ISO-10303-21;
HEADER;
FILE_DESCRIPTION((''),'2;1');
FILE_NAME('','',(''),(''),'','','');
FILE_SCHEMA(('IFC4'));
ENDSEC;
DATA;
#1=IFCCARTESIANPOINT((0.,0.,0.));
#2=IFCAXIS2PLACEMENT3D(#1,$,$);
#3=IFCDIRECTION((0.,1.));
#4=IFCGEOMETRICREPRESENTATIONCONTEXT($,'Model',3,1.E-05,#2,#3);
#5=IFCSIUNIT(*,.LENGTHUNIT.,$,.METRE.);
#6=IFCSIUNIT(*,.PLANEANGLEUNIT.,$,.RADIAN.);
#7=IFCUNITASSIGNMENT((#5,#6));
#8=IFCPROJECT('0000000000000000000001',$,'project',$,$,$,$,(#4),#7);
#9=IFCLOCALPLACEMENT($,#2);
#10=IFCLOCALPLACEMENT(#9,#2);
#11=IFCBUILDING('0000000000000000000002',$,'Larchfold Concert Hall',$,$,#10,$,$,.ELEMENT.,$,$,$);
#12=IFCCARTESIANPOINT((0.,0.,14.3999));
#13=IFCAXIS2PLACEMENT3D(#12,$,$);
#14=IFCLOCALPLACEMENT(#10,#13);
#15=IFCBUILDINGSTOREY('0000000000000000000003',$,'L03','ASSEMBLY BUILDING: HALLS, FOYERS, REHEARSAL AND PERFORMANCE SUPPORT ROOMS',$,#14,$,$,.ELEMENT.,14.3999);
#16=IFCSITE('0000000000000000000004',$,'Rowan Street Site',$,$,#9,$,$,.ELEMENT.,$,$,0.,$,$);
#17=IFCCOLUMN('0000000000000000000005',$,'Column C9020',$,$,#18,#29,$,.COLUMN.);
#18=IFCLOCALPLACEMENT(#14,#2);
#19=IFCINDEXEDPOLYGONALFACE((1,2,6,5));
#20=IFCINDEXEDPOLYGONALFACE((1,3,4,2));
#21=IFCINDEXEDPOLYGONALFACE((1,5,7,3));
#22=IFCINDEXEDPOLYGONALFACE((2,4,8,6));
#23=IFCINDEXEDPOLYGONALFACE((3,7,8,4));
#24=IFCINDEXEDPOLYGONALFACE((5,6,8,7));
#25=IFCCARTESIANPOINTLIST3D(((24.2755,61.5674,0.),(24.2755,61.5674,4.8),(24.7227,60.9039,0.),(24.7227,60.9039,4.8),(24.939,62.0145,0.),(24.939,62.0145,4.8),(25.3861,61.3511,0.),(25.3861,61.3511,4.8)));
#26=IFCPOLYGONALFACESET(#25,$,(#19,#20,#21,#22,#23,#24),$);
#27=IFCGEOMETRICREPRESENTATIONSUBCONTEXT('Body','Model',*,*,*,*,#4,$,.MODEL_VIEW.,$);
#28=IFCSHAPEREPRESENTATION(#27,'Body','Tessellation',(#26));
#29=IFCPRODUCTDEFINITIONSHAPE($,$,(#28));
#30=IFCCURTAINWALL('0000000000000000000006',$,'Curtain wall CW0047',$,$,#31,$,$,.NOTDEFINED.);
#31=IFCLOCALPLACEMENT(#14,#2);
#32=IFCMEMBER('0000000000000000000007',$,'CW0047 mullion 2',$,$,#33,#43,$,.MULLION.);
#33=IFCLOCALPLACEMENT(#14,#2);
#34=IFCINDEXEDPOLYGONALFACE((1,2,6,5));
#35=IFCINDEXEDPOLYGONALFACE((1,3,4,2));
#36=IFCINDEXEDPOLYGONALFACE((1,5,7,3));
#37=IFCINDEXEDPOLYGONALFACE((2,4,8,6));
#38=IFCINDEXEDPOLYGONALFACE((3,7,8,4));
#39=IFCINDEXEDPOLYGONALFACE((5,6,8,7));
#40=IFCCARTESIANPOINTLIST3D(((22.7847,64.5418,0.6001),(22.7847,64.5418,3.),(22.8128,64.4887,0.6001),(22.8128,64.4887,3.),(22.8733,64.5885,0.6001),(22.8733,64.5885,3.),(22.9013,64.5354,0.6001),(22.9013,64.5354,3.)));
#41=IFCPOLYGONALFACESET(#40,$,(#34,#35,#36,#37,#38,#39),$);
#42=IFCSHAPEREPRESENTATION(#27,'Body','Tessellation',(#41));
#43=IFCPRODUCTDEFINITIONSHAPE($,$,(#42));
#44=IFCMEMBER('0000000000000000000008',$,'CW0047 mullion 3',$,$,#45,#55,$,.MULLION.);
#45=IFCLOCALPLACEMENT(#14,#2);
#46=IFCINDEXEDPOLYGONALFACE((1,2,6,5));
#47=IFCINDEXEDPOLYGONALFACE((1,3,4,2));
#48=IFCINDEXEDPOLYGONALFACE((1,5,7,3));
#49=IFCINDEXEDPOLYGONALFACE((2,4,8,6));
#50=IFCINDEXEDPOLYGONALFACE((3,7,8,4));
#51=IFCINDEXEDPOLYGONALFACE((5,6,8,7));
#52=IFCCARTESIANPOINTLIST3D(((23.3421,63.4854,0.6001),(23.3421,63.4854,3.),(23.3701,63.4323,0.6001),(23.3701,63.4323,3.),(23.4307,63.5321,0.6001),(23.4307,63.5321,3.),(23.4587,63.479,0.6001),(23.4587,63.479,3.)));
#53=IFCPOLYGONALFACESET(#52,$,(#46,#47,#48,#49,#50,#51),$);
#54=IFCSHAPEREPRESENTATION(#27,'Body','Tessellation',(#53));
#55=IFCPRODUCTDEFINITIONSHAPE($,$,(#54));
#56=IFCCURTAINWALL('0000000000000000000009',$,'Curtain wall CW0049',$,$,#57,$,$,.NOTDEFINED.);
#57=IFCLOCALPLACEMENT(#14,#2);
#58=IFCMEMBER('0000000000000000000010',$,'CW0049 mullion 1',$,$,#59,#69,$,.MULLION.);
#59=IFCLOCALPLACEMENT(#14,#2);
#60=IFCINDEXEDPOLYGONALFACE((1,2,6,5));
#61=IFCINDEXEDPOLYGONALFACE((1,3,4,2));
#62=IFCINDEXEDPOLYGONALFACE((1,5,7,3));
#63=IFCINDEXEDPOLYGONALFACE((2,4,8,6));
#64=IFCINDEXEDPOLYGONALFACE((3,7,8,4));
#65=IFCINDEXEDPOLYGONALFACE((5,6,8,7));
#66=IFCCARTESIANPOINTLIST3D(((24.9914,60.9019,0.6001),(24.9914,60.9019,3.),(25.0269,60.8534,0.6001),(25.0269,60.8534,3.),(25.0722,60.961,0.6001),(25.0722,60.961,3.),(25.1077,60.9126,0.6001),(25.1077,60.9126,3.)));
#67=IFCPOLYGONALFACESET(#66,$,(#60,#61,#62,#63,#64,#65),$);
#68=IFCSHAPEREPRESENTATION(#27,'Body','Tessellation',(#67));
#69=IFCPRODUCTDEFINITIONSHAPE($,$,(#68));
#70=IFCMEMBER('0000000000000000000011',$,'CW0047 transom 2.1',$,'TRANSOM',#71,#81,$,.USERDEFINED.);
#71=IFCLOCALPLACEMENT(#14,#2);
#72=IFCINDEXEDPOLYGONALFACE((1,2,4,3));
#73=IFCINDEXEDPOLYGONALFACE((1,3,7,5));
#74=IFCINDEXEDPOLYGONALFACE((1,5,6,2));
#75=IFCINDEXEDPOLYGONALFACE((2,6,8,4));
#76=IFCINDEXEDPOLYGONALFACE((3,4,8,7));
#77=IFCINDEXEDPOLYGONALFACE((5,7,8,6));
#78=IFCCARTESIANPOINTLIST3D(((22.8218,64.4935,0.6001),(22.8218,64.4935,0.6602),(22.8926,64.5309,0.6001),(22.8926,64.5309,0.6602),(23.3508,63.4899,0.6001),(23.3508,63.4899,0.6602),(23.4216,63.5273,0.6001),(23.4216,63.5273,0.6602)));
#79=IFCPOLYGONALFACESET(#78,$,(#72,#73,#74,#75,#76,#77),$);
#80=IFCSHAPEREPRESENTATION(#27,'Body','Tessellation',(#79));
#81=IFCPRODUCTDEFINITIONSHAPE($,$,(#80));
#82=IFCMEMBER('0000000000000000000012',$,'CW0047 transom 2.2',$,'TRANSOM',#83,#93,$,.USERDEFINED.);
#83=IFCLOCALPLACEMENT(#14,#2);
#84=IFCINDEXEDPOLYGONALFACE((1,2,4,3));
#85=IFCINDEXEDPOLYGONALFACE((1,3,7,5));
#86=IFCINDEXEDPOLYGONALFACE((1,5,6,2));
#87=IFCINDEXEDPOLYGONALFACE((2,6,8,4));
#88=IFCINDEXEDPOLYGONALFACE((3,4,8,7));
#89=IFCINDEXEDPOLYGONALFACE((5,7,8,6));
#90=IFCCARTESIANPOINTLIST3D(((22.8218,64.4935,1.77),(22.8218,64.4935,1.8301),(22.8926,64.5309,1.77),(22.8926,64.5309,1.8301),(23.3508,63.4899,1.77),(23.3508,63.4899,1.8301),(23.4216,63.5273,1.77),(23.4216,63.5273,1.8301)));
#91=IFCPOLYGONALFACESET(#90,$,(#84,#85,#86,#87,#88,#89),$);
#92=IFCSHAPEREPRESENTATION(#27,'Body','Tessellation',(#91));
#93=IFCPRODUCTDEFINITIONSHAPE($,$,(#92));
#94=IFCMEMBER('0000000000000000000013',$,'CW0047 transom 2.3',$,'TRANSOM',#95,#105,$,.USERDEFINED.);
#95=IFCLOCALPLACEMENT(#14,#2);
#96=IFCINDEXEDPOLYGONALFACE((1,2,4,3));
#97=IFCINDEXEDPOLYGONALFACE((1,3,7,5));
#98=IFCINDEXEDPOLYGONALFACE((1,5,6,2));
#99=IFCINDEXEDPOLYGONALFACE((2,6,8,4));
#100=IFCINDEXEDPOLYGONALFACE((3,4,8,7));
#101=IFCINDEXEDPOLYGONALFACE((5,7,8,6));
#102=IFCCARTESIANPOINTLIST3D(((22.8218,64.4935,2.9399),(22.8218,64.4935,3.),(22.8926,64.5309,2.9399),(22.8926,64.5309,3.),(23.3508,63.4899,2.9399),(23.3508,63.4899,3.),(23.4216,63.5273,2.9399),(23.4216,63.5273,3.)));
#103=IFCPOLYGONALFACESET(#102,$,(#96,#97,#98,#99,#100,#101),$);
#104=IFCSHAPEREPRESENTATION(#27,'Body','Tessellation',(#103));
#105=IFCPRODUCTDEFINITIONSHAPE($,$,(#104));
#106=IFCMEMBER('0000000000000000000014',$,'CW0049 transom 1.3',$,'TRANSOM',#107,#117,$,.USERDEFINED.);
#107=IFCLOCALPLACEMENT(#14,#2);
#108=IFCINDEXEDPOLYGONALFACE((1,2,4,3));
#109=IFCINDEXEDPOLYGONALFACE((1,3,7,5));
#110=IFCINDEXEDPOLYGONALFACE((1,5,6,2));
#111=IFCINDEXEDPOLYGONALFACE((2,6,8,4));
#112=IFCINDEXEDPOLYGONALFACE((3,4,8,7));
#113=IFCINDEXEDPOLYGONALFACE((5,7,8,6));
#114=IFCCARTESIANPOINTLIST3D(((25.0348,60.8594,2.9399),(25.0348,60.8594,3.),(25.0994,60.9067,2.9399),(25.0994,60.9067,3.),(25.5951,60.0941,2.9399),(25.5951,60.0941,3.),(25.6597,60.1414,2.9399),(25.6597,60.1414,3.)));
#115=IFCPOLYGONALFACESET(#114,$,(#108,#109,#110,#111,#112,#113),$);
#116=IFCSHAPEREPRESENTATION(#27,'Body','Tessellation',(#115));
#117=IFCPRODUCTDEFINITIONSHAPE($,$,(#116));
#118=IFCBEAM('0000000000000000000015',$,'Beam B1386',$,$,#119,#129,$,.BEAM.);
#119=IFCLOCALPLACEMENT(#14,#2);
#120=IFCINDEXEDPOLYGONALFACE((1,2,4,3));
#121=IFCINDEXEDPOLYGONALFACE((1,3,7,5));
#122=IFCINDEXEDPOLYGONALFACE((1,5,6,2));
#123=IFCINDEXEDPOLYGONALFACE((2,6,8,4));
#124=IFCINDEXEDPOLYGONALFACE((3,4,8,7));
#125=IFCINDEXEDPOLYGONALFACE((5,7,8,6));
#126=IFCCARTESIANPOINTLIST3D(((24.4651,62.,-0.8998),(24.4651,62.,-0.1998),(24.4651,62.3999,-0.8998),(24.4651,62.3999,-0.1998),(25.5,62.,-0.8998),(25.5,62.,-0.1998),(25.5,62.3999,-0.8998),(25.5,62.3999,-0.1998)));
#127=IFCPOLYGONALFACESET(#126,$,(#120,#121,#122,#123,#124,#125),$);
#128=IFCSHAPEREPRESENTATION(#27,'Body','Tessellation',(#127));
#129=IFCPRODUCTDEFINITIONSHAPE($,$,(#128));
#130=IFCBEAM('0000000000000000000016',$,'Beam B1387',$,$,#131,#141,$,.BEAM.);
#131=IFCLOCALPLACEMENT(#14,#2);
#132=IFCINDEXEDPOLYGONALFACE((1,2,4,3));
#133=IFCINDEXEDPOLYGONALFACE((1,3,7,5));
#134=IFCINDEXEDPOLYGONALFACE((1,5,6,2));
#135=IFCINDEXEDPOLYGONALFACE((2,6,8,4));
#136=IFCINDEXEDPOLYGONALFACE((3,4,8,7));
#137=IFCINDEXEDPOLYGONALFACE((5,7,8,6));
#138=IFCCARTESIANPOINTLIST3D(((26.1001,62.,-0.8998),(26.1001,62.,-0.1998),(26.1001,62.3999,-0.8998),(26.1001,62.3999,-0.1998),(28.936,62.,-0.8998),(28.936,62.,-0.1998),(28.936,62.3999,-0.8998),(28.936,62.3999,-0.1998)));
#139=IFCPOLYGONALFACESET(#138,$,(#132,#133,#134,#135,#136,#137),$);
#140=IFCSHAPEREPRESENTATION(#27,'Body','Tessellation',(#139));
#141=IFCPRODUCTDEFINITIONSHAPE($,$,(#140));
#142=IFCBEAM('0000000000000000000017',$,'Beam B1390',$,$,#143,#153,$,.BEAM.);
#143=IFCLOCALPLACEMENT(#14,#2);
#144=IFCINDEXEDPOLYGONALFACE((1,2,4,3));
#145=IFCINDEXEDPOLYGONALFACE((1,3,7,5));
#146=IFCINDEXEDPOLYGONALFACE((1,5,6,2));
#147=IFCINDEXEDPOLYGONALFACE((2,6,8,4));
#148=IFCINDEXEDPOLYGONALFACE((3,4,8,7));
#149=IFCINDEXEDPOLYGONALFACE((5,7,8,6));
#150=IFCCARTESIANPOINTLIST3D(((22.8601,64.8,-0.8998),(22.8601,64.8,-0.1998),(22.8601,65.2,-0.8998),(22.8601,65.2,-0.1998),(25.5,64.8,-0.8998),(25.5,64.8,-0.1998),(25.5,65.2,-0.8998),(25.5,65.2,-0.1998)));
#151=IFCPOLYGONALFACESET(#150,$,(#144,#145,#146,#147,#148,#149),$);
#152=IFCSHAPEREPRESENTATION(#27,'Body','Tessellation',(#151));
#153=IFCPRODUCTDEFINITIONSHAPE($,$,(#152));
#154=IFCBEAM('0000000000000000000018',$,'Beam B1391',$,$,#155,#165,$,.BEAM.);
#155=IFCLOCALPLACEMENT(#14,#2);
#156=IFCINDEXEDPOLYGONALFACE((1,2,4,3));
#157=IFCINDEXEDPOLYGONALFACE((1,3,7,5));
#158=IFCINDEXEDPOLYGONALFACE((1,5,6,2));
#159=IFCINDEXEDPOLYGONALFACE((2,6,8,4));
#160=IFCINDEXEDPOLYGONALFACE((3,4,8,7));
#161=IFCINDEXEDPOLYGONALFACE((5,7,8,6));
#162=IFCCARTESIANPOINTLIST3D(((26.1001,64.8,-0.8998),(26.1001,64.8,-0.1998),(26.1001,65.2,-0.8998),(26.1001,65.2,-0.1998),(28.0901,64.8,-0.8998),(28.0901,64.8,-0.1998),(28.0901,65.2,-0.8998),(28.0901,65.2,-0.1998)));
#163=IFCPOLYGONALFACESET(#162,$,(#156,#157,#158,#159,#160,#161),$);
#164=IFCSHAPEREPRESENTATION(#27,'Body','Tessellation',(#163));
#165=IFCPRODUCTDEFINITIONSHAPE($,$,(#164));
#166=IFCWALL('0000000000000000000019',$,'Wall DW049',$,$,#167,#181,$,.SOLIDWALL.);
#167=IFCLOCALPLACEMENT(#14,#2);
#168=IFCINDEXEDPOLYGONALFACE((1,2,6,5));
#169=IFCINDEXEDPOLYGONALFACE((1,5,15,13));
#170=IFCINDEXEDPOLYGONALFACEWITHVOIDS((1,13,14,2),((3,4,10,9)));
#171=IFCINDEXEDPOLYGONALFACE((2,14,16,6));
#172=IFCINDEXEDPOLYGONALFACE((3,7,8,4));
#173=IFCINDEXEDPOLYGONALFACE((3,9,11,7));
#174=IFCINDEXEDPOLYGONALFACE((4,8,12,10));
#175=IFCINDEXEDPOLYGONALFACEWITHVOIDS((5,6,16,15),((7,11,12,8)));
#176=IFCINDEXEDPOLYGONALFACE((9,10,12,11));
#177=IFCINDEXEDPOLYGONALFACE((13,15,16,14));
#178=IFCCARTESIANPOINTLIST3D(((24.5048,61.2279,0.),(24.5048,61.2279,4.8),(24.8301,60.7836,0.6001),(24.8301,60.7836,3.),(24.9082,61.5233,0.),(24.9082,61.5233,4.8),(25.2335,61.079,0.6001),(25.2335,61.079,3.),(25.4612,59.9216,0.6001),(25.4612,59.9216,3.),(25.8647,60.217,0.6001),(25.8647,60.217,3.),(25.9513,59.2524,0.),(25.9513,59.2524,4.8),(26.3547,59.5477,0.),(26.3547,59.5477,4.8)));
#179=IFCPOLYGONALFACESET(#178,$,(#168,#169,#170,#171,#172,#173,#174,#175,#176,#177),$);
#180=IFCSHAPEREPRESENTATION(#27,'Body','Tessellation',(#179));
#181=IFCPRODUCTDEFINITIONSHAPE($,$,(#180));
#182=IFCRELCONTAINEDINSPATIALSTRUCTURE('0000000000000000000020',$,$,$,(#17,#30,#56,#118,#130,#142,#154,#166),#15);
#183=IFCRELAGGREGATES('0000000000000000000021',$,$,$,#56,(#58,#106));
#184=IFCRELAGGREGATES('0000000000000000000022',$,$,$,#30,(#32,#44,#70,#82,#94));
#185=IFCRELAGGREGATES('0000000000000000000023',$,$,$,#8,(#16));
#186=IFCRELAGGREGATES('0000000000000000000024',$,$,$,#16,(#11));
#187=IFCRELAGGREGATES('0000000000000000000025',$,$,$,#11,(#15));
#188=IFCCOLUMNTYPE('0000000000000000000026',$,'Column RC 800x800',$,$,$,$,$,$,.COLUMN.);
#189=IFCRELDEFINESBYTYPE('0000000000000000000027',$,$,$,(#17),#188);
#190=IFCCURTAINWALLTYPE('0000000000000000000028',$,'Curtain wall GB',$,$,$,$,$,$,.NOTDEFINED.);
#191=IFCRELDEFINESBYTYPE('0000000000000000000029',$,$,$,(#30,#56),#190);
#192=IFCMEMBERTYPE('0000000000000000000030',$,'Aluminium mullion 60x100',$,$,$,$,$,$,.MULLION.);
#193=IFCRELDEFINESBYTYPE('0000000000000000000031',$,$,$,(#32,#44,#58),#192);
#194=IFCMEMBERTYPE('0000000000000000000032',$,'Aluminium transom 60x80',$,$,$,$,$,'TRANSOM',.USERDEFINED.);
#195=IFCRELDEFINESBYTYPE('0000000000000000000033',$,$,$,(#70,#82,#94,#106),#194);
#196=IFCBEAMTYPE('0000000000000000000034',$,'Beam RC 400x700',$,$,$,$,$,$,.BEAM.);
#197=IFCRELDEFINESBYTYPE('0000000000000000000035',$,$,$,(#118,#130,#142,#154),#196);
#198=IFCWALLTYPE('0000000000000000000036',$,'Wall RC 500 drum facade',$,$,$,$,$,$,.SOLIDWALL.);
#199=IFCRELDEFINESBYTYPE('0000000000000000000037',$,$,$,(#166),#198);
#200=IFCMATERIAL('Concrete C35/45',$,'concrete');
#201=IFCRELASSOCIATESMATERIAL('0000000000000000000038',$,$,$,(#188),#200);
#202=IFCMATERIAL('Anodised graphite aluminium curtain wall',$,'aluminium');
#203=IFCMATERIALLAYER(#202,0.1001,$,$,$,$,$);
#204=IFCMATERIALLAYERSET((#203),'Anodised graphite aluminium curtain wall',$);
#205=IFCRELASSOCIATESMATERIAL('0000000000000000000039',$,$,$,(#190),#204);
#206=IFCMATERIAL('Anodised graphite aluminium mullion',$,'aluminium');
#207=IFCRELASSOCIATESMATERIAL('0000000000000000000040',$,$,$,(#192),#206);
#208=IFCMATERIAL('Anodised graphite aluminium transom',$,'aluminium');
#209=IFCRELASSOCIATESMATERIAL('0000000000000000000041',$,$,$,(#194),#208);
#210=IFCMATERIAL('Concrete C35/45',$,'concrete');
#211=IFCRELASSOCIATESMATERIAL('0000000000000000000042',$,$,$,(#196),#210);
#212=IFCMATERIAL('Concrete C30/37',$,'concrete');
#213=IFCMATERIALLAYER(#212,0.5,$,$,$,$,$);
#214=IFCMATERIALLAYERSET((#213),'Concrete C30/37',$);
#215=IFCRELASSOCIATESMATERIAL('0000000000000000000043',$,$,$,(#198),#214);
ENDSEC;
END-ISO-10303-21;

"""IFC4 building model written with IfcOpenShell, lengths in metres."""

from ifc_helpers import new_model, si_unit, direction, frame, frame_2d, origin, origin_2d, place, context, subcontext, project, spatial, rectangle, extrude, material, layer, layer_set, material_profile, profile_set, type_object, element, fill, aggregate, save


model = new_model("IFC4")

# Units and contexts
model_context = context("Model", 3, precision=1e-05, world=origin(), true_north=direction((0.0, 1.0)))
body_context = subcontext(model_context, "Body", "Model", "MODEL_VIEW")
ifc_project = project(units=[si_unit("LENGTHUNIT", "METRE"), si_unit("PLANEANGLEUNIT", "RADIAN")], contexts=[model_context])

# Site, building, storey
site_placement = place(None, origin())
site = spatial("IfcSite", under=ifc_project, at=site_placement, Name="Rowan Street Site", CompositionType="ELEMENT", RefElevation=0.0)
building_placement = place(site_placement, origin())
building = spatial("IfcBuilding", under=site, at=building_placement, Name="Larchfold Concert Hall", CompositionType="ELEMENT")
storey_placement = place(building_placement, frame((0.0, 0.0, 14.3999)))
storey = spatial("IfcBuildingStorey", under=building, at=storey_placement, Name="L03", Description="ASSEMBLY BUILDING: HALLS, FOYERS, REHEARSAL AND PERFORMANCE SUPPORT ROOMS", CompositionType="ELEMENT", Elevation=14.3999)

# Column
ifc_material_1 = material(Name="Concrete C35/45", Category="concrete")
ifc_material_profile_1 = material_profile(ifc_material_1, rectangle(XDim=0.8, YDim=0.8, at=origin_2d()))
ifc_profile_set_1 = profile_set([ifc_material_profile_1], Name="Concrete C35/45")
column_type = type_object("IfcColumnType", Name="Column RC 800x800", PredefinedType="COLUMN", material=ifc_profile_set_1)
column_placement = place(storey_placement, frame((24.8308, 61.4592, 0.0), z_axis=(0.0, 0.0, 1.0), x_axis=(0.829253, 0.558874, 0.0)))
element("IfcColumn", 1, at=column_placement, inside=storey, type_object=column_type, Name="Column C9020", PredefinedType="COLUMN", context=body_context, shape_type="SweptSolid", body=[
    extrude(rectangle(XDim=0.8, YDim=0.8, at=origin_2d()), origin(), (0.0, 0.0, 1.0), 4.8),
])

# Curtain wall, members
ifc_material_2 = material(Name="Anodised graphite aluminium curtain wall", Category="aluminium")
ifc_layer_1 = layer(ifc_material_2, 0.1001)
ifc_layer_set_1 = layer_set([ifc_layer_1], Name="Anodised graphite aluminium curtain wall")
curtain_wall_type = type_object("IfcCurtainWallType", Name="Curtain wall GB", PredefinedType="NOTDEFINED", material=ifc_layer_set_1)
curtain_wall_1_placement = place(storey_placement, origin())
curtain_wall_1 = element("IfcCurtainWall", 2, at=curtain_wall_1_placement, inside=storey, type_object=curtain_wall_type, Name="Curtain wall CW0047", PredefinedType="NOTDEFINED")
ifc_material_3 = material(Name="Anodised graphite aluminium mullion", Category="aluminium")
ifc_material_profile_2 = material_profile(ifc_material_3, rectangle(XDim=0.1001, YDim=0.0601, at=origin_2d()))
ifc_profile_set_2 = profile_set([ifc_material_profile_2], Name="Anodised graphite aluminium mullion")
member_type_1 = type_object("IfcMemberType", Name="Aluminium mullion 60x100", PredefinedType="MULLION", material=ifc_profile_set_2)
member_1_placement = place(storey_placement, frame((22.843, 64.5386, 0.6001), z_axis=(0.0, 0.0, 1.0), x_axis=(0.884548, 0.466449, 0.0)))
member_1 = element("IfcMember", 3, at=member_1_placement, type_object=member_type_1, Name="CW0047 mullion 2", PredefinedType="MULLION", context=body_context, shape_type="SweptSolid", body=[
    extrude(rectangle(XDim=0.1001, YDim=0.0601, at=origin_2d()), origin(), (0.0, 0.0, 1.0), 2.3999),
])
member_2_placement = place(storey_placement, frame((23.4004, 63.4822, 0.6001), z_axis=(0.0, 0.0, 1.0), x_axis=(0.884548, 0.466449, 0.0)))
member_2 = element("IfcMember", 4, at=member_2_placement, type_object=member_type_1, Name="CW0047 mullion 3", PredefinedType="MULLION", context=body_context, shape_type="SweptSolid", body=[
    extrude(rectangle(XDim=0.1001, YDim=0.0601, at=origin_2d()), origin(), (0.0, 0.0, 1.0), 2.3999),
])

# Curtain wall, member
curtain_wall_2_placement = place(storey_placement, origin())
curtain_wall_2 = element("IfcCurtainWall", 5, at=curtain_wall_2_placement, inside=storey, type_object=curtain_wall_type, Name="Curtain wall CW0049", PredefinedType="NOTDEFINED")
member_3_placement = place(storey_placement, frame((25.0496, 60.9072, 0.6001), z_axis=(0.0, 0.0, 1.0), x_axis=(0.806884, 0.59071, 0.0)))
member_3 = element("IfcMember", 6, at=member_3_placement, type_object=member_type_1, Name="CW0049 mullion 1", PredefinedType="MULLION", context=body_context, shape_type="SweptSolid", body=[
    extrude(rectangle(XDim=0.1001, YDim=0.0601, at=origin_2d()), origin(), (0.0, 0.0, 1.0), 2.3999),
])

# Members
ifc_material_4 = material(Name="Anodised graphite aluminium transom", Category="aluminium")
ifc_material_profile_3 = material_profile(ifc_material_4, rectangle(XDim=0.0801, YDim=0.0601, at=origin_2d()))
ifc_profile_set_3 = profile_set([ifc_material_profile_3], Name="Anodised graphite aluminium transom")
member_type_2 = type_object("IfcMemberType", Name="Aluminium transom 60x80", ElementType="TRANSOM", PredefinedType="USERDEFINED", material=ifc_profile_set_3)
member_4_placement = place(storey_placement, frame((22.8572, 64.5122, 0.6301), z_axis=(0.466305, -0.884624, 0.0), x_axis=(0.884624, 0.466305, 0.0)))
member_4 = element("IfcMember", 7, at=member_4_placement, type_object=member_type_2, Name="CW0047 transom 2.1", ObjectType="TRANSOM", PredefinedType="USERDEFINED", context=body_context, shape_type="SweptSolid", body=[
    extrude(rectangle(XDim=0.0801, YDim=0.0601, at=origin_2d()), origin(), (0.0, 0.0, 1.0), 1.1345),
])
member_5_placement = place(storey_placement, frame((22.8572, 64.5122, 1.8), z_axis=(0.466305, -0.884624, 0.0), x_axis=(0.884624, 0.466305, 0.0)))
member_5 = element("IfcMember", 8, at=member_5_placement, type_object=member_type_2, Name="CW0047 transom 2.2", ObjectType="TRANSOM", PredefinedType="USERDEFINED", context=body_context, shape_type="SweptSolid", body=[
    extrude(rectangle(XDim=0.0801, YDim=0.0601, at=origin_2d()), origin(), (0.0, 0.0, 1.0), 1.1345),
])
member_6_placement = place(storey_placement, frame((22.8572, 64.5122, 2.97), z_axis=(0.466305, -0.884624, 0.0), x_axis=(0.884624, 0.466305, 0.0)))
member_6 = element("IfcMember", 9, at=member_6_placement, type_object=member_type_2, Name="CW0047 transom 2.3", ObjectType="TRANSOM", PredefinedType="USERDEFINED", context=body_context, shape_type="SweptSolid", body=[
    extrude(rectangle(XDim=0.0801, YDim=0.0601, at=origin_2d()), origin(), (0.0, 0.0, 1.0), 1.1345),
])
member_7_placement = place(storey_placement, frame((25.0671, 60.8831, 2.97), z_axis=(0.590694, -0.806896, 0.0), x_axis=(0.806896, 0.590694, 0.0)))
member_7 = element("IfcMember", 10, at=member_7_placement, type_object=member_type_2, Name="CW0049 transom 1.3", ObjectType="TRANSOM", PredefinedType="USERDEFINED", context=body_context, shape_type="SweptSolid", body=[
    extrude(rectangle(XDim=0.0801, YDim=0.0601, at=origin_2d()), origin(), (0.0, 0.0, 1.0), 0.9485),
])
aggregate(curtain_wall_2, [member_3, member_7])

# Beams
ifc_material_5 = material(Name="Concrete C35/45", Category="concrete")
ifc_material_profile_4 = material_profile(ifc_material_5, rectangle(XDim=0.3999, YDim=0.7, at=origin_2d()))
ifc_profile_set_4 = profile_set([ifc_material_profile_4], Name="Concrete C35/45")
beam_type = type_object("IfcBeamType", Name="Beam RC 400x700", PredefinedType="BEAM", material=ifc_profile_set_4)
beam_1_placement = place(storey_placement, frame((24.4651, 62.2, -0.5498), z_axis=(1.0, 0.0, 0.0), x_axis=(0.0, 1.0, 0.0)))
element("IfcBeam", 11, at=beam_1_placement, inside=storey, type_object=beam_type, Name="Beam B1386", PredefinedType="BEAM", context=body_context, shape_type="SweptSolid", body=[
    extrude(rectangle(XDim=0.3999, YDim=0.7, at=origin_2d()), origin(), (0.0, 0.0, 1.0), 1.0349),
])
beam_2_placement = place(storey_placement, frame((26.1001, 62.2, -0.5498), z_axis=(1.0, 0.0, 0.0), x_axis=(0.0, 1.0, 0.0)))
element("IfcBeam", 12, at=beam_2_placement, inside=storey, type_object=beam_type, Name="Beam B1387", PredefinedType="BEAM", context=body_context, shape_type="SweptSolid", body=[
    extrude(rectangle(XDim=0.3999, YDim=0.7, at=origin_2d()), origin(), (0.0, 0.0, 1.0), 2.8359),
])
beam_3_placement = place(storey_placement, frame((22.8601, 65.0, -0.5498), z_axis=(1.0, 0.0, 0.0), x_axis=(0.0, 1.0, 0.0)))
element("IfcBeam", 13, at=beam_3_placement, inside=storey, type_object=beam_type, Name="Beam B1390", PredefinedType="BEAM", context=body_context, shape_type="SweptSolid", body=[
    extrude(rectangle(XDim=0.3999, YDim=0.7, at=origin_2d()), origin(), (0.0, 0.0, 1.0), 2.6399),
])
beam_4_placement = place(storey_placement, frame((26.1001, 65.0, -0.5498), z_axis=(1.0, 0.0, 0.0), x_axis=(0.0, 1.0, 0.0)))
element("IfcBeam", 14, at=beam_4_placement, inside=storey, type_object=beam_type, Name="Beam B1391", PredefinedType="BEAM", context=body_context, shape_type="SweptSolid", body=[
    extrude(rectangle(XDim=0.3999, YDim=0.7, at=origin_2d()), origin(), (0.0, 0.0, 1.0), 1.99),
])

aggregate(curtain_wall_1, [member_1, member_2, member_4, member_5, member_6])

# Wall, opening
ifc_material_6 = material(Name="Concrete C30/37", Category="concrete")
ifc_layer_2 = layer(ifc_material_6, 0.5)
ifc_layer_set_2 = layer_set([ifc_layer_2], Name="Concrete C30/37")
wall_type_1 = type_object("IfcWallType", Name="Wall RC 500 drum facade", PredefinedType="SOLIDWALL", material=ifc_layer_set_2)
wall_1_placement = place(storey_placement, frame((24.7065, 61.3755, 0.0), z_axis=(0.0, 0.0, 1.0), x_axis=(0.590771, -0.806839, 0.0)))
wall_1 = element("IfcWall", 15, at=wall_1_placement, inside=storey, type_object=wall_type_1, Name="Wall DW049", PredefinedType="SOLIDWALL", context=body_context, shape_type="SweptSolid", body=[
    extrude(rectangle(XDim=2.4485, YDim=0.5, at=frame_2d((1.2241, 0.0))), origin(), (0.0, 0.0, 1.0), 4.8),
])
opening_1_placement = place(wall_1_placement, frame((0.5505, 0.0, 0.6001)))
opening_1 = element("IfcOpeningElement", 16, at=opening_1_placement, cuts=wall_1, PredefinedType="OPENING", context=body_context, shape_type="SweptSolid", body=[
    extrude(rectangle(XDim=1.0684, YDim=2.3999, at=frame_2d((0.5342, 1.2))), frame((0.0, 0.26, 0.0), z_axis=(0.0, -1.0, 0.0), x_axis=(1.0, 0.0, 0.0)), (0.0, 0.0, 1.0), 0.52),
])
fill(opening_1, curtain_wall_2)

save(model, "model.ifc")
